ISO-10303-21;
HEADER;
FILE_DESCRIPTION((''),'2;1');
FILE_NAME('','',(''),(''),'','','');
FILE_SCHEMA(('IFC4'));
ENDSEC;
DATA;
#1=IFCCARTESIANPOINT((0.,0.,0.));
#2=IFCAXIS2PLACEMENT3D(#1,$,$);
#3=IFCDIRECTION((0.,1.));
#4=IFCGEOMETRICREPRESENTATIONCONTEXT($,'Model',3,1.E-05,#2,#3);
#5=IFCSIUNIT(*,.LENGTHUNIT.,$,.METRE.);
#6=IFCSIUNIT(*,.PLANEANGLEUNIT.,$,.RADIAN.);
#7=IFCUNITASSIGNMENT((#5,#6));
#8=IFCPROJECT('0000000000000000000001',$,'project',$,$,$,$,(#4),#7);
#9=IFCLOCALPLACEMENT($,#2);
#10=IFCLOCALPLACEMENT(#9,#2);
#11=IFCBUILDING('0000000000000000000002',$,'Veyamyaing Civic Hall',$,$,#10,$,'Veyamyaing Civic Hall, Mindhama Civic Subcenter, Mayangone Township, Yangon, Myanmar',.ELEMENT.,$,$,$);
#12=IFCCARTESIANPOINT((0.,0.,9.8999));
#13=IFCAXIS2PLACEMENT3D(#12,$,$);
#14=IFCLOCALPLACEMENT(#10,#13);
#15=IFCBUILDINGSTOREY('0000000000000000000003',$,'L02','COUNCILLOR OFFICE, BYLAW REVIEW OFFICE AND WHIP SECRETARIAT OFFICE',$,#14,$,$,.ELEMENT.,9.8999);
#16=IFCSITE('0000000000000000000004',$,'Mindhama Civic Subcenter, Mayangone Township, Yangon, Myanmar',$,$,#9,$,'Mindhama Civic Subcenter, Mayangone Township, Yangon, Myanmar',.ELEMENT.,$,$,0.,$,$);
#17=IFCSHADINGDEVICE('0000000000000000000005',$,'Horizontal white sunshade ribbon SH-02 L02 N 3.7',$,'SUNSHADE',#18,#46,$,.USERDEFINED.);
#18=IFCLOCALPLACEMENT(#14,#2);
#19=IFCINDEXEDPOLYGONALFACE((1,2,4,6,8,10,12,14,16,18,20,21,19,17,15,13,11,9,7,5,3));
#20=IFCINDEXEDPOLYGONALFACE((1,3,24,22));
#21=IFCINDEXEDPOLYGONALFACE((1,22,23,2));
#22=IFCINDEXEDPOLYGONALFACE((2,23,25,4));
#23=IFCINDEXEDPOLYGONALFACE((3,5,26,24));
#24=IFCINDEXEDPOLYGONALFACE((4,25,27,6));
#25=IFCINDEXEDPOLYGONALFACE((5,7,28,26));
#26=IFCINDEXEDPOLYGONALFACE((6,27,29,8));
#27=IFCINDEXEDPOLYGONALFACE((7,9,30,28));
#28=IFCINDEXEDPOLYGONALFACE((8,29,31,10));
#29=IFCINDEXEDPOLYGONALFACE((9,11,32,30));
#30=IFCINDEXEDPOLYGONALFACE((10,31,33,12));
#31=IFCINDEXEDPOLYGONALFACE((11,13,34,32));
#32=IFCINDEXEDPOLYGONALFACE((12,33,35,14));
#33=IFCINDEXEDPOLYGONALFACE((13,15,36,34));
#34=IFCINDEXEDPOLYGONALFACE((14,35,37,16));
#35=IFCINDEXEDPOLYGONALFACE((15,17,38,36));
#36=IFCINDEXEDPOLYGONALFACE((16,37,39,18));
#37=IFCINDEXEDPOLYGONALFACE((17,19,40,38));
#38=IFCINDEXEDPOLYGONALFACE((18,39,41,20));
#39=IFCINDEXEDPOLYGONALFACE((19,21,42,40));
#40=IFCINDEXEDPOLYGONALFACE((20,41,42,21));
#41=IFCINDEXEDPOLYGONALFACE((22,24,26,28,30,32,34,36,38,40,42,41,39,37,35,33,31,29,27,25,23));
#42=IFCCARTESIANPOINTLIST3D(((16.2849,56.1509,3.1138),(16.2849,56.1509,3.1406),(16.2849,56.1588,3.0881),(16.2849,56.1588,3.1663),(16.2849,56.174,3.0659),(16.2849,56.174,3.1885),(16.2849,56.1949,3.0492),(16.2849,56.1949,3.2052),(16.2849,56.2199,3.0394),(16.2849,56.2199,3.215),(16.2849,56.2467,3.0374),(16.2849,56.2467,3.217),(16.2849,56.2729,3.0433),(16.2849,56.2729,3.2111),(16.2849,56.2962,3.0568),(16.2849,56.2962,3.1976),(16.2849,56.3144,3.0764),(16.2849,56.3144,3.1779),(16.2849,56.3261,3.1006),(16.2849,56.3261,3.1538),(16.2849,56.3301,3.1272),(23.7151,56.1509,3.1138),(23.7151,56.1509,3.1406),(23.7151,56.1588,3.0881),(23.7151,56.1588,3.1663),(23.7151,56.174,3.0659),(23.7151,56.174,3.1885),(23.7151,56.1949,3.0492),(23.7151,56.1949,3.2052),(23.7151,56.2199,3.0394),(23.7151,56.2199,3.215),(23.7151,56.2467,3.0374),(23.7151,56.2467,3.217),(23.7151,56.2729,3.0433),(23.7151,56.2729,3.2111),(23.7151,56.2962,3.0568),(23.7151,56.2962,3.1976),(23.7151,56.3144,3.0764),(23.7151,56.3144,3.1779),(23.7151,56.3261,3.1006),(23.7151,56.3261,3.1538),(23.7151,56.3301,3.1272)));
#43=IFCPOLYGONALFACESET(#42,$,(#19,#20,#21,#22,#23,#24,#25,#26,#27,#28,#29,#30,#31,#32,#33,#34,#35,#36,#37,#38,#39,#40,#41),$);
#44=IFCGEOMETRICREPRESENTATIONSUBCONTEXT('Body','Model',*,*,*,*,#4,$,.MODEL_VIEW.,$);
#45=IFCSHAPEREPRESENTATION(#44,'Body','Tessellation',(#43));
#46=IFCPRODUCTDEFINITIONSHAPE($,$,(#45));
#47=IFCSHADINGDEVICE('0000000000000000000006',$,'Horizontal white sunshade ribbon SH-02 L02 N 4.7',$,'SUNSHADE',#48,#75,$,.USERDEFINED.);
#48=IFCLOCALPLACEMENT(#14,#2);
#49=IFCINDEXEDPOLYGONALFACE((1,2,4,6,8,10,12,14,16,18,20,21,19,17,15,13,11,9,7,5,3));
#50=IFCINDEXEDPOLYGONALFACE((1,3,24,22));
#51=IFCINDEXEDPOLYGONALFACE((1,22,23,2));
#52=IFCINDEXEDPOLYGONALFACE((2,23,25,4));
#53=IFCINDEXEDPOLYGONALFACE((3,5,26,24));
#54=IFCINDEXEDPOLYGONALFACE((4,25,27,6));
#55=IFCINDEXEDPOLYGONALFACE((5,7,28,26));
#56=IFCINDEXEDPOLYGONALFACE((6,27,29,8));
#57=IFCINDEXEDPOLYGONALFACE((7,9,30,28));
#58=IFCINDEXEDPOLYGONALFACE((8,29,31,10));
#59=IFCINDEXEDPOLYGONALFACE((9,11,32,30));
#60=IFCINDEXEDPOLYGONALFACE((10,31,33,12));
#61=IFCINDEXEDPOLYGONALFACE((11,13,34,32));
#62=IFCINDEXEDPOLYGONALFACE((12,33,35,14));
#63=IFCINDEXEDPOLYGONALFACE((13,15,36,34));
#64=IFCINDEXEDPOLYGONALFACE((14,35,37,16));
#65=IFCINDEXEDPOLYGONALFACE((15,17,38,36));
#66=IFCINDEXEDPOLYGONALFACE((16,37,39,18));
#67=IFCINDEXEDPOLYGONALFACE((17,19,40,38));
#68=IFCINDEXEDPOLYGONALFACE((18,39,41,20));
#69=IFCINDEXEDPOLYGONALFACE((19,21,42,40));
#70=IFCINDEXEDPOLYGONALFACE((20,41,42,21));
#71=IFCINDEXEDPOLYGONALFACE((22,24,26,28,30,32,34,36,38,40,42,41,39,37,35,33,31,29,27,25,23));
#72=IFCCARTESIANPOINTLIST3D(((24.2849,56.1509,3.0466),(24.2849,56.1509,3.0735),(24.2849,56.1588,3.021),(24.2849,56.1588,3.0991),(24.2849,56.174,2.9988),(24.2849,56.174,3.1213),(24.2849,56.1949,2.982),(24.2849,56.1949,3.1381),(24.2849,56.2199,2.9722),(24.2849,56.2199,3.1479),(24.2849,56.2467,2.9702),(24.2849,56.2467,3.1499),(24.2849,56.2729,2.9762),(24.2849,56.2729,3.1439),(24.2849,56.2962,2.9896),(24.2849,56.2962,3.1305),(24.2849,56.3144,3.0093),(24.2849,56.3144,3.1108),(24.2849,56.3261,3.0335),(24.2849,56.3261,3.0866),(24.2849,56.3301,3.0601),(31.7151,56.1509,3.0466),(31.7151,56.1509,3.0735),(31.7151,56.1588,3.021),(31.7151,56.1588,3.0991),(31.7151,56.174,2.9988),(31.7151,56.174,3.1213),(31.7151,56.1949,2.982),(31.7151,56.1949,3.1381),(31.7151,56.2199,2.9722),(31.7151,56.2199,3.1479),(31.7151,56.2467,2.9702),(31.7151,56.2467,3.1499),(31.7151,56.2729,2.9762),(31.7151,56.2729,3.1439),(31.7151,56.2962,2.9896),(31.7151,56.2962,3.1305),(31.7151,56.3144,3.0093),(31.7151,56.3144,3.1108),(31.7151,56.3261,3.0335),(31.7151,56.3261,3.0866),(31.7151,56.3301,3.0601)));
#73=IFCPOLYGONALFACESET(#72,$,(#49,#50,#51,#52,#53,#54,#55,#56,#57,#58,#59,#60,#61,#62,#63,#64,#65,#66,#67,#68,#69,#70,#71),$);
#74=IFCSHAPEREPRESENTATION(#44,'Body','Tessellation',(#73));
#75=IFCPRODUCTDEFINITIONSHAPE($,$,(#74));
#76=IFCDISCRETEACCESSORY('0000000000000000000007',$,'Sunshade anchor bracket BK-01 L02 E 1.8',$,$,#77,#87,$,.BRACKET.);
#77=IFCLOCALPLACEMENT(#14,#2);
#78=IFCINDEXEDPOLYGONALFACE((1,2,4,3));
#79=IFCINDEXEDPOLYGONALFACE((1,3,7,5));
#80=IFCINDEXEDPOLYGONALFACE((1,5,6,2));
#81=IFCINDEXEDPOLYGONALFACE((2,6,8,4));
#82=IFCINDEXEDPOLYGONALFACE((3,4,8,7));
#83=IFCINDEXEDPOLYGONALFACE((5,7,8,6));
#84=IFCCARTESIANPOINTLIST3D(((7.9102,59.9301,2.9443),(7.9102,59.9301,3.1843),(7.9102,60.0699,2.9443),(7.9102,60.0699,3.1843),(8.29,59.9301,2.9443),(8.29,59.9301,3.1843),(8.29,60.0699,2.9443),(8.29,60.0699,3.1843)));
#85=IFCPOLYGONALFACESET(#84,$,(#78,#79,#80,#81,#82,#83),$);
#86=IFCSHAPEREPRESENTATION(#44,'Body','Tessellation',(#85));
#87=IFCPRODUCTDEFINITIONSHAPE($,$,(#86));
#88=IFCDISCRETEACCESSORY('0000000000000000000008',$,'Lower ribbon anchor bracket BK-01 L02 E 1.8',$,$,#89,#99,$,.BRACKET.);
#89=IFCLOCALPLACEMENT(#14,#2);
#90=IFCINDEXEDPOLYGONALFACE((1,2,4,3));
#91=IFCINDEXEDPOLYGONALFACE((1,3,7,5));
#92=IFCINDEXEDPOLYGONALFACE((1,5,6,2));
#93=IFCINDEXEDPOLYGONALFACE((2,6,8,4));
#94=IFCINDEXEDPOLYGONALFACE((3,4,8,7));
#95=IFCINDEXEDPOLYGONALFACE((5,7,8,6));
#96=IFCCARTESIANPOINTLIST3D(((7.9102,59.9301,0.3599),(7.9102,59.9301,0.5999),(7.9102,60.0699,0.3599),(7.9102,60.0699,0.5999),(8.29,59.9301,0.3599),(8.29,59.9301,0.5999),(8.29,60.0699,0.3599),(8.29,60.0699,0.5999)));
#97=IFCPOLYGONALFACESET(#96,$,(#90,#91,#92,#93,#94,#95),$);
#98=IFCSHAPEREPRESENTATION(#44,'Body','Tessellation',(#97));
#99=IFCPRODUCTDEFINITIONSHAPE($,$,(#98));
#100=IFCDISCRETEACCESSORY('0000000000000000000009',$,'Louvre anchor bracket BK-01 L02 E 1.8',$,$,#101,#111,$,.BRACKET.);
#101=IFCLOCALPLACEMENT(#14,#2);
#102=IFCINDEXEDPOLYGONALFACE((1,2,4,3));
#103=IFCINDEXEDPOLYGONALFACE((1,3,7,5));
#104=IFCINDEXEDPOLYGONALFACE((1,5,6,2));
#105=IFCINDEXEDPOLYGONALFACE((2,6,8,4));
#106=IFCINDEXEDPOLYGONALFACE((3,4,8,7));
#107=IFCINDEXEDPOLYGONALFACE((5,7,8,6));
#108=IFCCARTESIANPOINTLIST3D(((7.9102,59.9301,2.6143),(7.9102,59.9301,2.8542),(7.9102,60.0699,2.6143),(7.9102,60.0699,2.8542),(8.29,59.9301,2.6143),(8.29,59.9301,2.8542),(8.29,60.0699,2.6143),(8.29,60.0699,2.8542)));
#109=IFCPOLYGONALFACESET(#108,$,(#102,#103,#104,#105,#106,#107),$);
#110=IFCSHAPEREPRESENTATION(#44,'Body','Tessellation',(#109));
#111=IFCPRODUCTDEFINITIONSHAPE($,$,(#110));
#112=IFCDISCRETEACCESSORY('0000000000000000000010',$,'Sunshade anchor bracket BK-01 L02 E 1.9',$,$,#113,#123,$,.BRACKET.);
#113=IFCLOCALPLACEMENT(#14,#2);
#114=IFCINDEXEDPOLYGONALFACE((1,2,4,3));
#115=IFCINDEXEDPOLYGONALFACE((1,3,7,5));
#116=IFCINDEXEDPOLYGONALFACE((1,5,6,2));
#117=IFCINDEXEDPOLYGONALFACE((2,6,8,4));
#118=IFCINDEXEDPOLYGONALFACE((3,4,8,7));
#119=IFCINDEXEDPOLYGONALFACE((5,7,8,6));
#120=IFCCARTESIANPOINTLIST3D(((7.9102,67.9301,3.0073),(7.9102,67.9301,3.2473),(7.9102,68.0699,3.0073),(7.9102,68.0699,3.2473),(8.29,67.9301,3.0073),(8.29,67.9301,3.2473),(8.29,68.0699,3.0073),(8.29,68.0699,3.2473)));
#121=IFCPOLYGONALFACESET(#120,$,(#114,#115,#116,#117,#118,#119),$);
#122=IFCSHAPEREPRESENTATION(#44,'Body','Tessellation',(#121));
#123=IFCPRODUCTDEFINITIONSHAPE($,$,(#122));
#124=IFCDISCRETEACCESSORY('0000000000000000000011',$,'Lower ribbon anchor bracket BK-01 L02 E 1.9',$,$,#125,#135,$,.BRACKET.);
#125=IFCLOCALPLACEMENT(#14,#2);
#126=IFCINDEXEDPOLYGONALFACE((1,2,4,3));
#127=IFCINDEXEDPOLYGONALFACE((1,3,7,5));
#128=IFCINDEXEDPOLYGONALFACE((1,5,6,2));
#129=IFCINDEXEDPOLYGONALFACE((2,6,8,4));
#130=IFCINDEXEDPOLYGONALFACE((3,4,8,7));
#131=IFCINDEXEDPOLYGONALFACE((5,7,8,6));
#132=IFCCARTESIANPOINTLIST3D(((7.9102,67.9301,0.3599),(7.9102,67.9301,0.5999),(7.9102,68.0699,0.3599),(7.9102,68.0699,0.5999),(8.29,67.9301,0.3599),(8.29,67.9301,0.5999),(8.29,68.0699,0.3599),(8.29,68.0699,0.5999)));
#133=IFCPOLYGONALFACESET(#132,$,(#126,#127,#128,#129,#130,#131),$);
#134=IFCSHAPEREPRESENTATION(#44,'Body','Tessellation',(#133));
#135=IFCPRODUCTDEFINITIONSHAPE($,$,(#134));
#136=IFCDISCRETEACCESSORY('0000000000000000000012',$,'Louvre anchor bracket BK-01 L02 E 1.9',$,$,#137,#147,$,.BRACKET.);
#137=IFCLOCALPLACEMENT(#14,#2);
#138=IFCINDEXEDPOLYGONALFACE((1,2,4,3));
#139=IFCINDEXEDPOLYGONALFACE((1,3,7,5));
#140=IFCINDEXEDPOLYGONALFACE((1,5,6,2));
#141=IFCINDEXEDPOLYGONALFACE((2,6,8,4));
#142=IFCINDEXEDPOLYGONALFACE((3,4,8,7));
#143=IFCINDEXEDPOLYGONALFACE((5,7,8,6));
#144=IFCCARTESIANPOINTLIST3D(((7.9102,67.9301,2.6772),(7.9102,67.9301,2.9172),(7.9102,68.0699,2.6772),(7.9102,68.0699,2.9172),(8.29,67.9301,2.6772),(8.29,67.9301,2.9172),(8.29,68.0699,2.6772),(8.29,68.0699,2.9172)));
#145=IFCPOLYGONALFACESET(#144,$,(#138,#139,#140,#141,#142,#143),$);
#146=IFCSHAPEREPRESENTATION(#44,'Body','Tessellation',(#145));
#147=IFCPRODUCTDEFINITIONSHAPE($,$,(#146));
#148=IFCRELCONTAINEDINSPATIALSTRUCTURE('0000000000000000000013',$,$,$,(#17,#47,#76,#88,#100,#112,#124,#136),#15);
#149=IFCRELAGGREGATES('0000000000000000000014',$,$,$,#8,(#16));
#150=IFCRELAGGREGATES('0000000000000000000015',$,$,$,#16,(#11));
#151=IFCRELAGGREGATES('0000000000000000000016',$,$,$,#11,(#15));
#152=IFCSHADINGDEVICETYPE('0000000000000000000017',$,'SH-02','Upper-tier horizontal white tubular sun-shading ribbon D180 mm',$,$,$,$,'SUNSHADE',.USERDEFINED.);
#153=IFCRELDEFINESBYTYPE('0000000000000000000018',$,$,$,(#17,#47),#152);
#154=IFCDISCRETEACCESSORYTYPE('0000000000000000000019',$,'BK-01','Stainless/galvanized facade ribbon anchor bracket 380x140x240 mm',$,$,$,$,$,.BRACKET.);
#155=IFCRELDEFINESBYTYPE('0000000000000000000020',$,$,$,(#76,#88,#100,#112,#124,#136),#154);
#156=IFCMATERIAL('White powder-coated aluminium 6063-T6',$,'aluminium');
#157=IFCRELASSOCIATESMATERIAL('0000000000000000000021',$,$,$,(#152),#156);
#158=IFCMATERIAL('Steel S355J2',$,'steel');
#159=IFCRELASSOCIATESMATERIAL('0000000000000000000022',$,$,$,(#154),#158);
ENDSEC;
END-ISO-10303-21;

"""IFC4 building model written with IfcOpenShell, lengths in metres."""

from ifc_helpers import new_model, si_unit, direction, frame, origin, origin_2d, place, context, subcontext, project, spatial, rectangle, circle, extrude, material, material_profile, profile_set, type_object, element, save


model = new_model("IFC4")

# Units and contexts
model_context = context("Model", 3, precision=1e-05, world=origin(), true_north=direction((0.0, 1.0)))
body_context = subcontext(model_context, "Body", "Model", "MODEL_VIEW")
ifc_project = project(units=[si_unit("LENGTHUNIT", "METRE"), si_unit("PLANEANGLEUNIT", "RADIAN")], contexts=[model_context])

# Site, building, storey
site_placement = place(None, origin())
site = spatial("IfcSite", under=ifc_project, at=site_placement, Name="Mindhama Civic Subcenter, Mayangone Township, Yangon, Myanmar", LongName="Mindhama Civic Subcenter, Mayangone Township, Yangon, Myanmar", CompositionType="ELEMENT", RefElevation=0.0)
building_placement = place(site_placement, origin())
building = spatial("IfcBuilding", under=site, at=building_placement, Name="Veyamyaing Civic Hall", LongName="Veyamyaing Civic Hall, Mindhama Civic Subcenter, Mayangone Township, Yangon, Myanmar", CompositionType="ELEMENT")
storey_placement = place(building_placement, frame((0.0, 0.0, 9.8999)))
storey = spatial("IfcBuildingStorey", under=building, at=storey_placement, Name="L02", Description="COUNCILLOR OFFICE, BYLAW REVIEW OFFICE AND WHIP SECRETARIAT OFFICE", CompositionType="ELEMENT", Elevation=9.8999)

# Shared definitions
ifc_material_1 = material(Name="White powder-coated aluminium 6063-T6", Category="aluminium")

# Shading devices
ifc_material_profile_1 = material_profile(ifc_material_1, circle(Radius=0.0901, at=origin_2d()), Name="SHADE-TUBE-180")
ifc_profile_set_1 = profile_set([ifc_material_profile_1], Name="White powder-coated aluminium 6063-T6")
shading_device_type_1 = type_object("IfcShadingDeviceType", Name="SH-02", Description="Upper-tier horizontal white tubular sun-shading ribbon D180 mm", ElementType="SUNSHADE", PredefinedType="USERDEFINED", material=ifc_profile_set_1)
for number, where, z_axis, x_axis, name in (
    (1, (16.2849, 56.24, 3.1272), (1.0, 0.0, 0.0), (0.0, 1.0, 0.0), "Horizontal white sunshade ribbon SH-02 L02 N 3.7"),
    (2, (24.2849, 56.24, 3.0601), (1.0, 0.0, 0.0), (0.0, 1.0, 0.0), "Horizontal white sunshade ribbon SH-02 L02 N 4.7"),
):
    element("IfcShadingDevice", number, at=place(storey_placement, frame(where, z_axis=z_axis, x_axis=x_axis)), inside=storey, type_object=shading_device_type_1, Name=name, ObjectType="SUNSHADE", PredefinedType="USERDEFINED", context=body_context, shape_type="SweptSolid", body=[
        extrude(circle(Radius=0.0901, at=origin_2d()), origin(), (0.0, 0.0, 1.0), 7.4302),
    ])

# Discrete accessories
ifc_material_2 = material(Name="Steel S355J2", Category="steel")
discrete_accessory_type = type_object("IfcDiscreteAccessoryType", Name="BK-01", Description="Stainless/galvanized facade ribbon anchor bracket 380x140x240 mm", PredefinedType="BRACKET", material=ifc_material_2)
for number, where, z_axis, x_axis, name in (
    (3, (8.1001, 60.0, 2.9443), (0.0, 0.0, 1.0), (1.0, 0.0, 0.0), "Sunshade anchor bracket BK-01 L02 E 1.8"),
    (4, (8.1001, 60.0, 0.3599), (0.0, 0.0, 1.0), (1.0, 0.0, 0.0), "Lower ribbon anchor bracket BK-01 L02 E 1.8"),
    (5, (8.1001, 60.0, 2.6143), (0.0, 0.0, 1.0), (1.0, 0.0, 0.0), "Louvre anchor bracket BK-01 L02 E 1.8"),
    (6, (8.1001, 68.0, 3.0073), (0.0, 0.0, 1.0), (1.0, 0.0, 0.0), "Sunshade anchor bracket BK-01 L02 E 1.9"),
    (7, (8.1001, 68.0, 0.3599), (0.0, 0.0, 1.0), (1.0, 0.0, 0.0), "Lower ribbon anchor bracket BK-01 L02 E 1.9"),
    (8, (8.1001, 68.0, 2.6772), (0.0, 0.0, 1.0), (1.0, 0.0, 0.0), "Louvre anchor bracket BK-01 L02 E 1.9"),
):
    element("IfcDiscreteAccessory", number, at=place(storey_placement, frame(where, z_axis=z_axis, x_axis=x_axis)), inside=storey, type_object=discrete_accessory_type, Name=name, PredefinedType="BRACKET", context=body_context, shape_type="SweptSolid", body=[
        extrude(rectangle(XDim=0.3799, YDim=0.1399, at=origin_2d()), origin(), (0.0, 0.0, 1.0), 0.24),
    ])

save(model, "model.ifc")
